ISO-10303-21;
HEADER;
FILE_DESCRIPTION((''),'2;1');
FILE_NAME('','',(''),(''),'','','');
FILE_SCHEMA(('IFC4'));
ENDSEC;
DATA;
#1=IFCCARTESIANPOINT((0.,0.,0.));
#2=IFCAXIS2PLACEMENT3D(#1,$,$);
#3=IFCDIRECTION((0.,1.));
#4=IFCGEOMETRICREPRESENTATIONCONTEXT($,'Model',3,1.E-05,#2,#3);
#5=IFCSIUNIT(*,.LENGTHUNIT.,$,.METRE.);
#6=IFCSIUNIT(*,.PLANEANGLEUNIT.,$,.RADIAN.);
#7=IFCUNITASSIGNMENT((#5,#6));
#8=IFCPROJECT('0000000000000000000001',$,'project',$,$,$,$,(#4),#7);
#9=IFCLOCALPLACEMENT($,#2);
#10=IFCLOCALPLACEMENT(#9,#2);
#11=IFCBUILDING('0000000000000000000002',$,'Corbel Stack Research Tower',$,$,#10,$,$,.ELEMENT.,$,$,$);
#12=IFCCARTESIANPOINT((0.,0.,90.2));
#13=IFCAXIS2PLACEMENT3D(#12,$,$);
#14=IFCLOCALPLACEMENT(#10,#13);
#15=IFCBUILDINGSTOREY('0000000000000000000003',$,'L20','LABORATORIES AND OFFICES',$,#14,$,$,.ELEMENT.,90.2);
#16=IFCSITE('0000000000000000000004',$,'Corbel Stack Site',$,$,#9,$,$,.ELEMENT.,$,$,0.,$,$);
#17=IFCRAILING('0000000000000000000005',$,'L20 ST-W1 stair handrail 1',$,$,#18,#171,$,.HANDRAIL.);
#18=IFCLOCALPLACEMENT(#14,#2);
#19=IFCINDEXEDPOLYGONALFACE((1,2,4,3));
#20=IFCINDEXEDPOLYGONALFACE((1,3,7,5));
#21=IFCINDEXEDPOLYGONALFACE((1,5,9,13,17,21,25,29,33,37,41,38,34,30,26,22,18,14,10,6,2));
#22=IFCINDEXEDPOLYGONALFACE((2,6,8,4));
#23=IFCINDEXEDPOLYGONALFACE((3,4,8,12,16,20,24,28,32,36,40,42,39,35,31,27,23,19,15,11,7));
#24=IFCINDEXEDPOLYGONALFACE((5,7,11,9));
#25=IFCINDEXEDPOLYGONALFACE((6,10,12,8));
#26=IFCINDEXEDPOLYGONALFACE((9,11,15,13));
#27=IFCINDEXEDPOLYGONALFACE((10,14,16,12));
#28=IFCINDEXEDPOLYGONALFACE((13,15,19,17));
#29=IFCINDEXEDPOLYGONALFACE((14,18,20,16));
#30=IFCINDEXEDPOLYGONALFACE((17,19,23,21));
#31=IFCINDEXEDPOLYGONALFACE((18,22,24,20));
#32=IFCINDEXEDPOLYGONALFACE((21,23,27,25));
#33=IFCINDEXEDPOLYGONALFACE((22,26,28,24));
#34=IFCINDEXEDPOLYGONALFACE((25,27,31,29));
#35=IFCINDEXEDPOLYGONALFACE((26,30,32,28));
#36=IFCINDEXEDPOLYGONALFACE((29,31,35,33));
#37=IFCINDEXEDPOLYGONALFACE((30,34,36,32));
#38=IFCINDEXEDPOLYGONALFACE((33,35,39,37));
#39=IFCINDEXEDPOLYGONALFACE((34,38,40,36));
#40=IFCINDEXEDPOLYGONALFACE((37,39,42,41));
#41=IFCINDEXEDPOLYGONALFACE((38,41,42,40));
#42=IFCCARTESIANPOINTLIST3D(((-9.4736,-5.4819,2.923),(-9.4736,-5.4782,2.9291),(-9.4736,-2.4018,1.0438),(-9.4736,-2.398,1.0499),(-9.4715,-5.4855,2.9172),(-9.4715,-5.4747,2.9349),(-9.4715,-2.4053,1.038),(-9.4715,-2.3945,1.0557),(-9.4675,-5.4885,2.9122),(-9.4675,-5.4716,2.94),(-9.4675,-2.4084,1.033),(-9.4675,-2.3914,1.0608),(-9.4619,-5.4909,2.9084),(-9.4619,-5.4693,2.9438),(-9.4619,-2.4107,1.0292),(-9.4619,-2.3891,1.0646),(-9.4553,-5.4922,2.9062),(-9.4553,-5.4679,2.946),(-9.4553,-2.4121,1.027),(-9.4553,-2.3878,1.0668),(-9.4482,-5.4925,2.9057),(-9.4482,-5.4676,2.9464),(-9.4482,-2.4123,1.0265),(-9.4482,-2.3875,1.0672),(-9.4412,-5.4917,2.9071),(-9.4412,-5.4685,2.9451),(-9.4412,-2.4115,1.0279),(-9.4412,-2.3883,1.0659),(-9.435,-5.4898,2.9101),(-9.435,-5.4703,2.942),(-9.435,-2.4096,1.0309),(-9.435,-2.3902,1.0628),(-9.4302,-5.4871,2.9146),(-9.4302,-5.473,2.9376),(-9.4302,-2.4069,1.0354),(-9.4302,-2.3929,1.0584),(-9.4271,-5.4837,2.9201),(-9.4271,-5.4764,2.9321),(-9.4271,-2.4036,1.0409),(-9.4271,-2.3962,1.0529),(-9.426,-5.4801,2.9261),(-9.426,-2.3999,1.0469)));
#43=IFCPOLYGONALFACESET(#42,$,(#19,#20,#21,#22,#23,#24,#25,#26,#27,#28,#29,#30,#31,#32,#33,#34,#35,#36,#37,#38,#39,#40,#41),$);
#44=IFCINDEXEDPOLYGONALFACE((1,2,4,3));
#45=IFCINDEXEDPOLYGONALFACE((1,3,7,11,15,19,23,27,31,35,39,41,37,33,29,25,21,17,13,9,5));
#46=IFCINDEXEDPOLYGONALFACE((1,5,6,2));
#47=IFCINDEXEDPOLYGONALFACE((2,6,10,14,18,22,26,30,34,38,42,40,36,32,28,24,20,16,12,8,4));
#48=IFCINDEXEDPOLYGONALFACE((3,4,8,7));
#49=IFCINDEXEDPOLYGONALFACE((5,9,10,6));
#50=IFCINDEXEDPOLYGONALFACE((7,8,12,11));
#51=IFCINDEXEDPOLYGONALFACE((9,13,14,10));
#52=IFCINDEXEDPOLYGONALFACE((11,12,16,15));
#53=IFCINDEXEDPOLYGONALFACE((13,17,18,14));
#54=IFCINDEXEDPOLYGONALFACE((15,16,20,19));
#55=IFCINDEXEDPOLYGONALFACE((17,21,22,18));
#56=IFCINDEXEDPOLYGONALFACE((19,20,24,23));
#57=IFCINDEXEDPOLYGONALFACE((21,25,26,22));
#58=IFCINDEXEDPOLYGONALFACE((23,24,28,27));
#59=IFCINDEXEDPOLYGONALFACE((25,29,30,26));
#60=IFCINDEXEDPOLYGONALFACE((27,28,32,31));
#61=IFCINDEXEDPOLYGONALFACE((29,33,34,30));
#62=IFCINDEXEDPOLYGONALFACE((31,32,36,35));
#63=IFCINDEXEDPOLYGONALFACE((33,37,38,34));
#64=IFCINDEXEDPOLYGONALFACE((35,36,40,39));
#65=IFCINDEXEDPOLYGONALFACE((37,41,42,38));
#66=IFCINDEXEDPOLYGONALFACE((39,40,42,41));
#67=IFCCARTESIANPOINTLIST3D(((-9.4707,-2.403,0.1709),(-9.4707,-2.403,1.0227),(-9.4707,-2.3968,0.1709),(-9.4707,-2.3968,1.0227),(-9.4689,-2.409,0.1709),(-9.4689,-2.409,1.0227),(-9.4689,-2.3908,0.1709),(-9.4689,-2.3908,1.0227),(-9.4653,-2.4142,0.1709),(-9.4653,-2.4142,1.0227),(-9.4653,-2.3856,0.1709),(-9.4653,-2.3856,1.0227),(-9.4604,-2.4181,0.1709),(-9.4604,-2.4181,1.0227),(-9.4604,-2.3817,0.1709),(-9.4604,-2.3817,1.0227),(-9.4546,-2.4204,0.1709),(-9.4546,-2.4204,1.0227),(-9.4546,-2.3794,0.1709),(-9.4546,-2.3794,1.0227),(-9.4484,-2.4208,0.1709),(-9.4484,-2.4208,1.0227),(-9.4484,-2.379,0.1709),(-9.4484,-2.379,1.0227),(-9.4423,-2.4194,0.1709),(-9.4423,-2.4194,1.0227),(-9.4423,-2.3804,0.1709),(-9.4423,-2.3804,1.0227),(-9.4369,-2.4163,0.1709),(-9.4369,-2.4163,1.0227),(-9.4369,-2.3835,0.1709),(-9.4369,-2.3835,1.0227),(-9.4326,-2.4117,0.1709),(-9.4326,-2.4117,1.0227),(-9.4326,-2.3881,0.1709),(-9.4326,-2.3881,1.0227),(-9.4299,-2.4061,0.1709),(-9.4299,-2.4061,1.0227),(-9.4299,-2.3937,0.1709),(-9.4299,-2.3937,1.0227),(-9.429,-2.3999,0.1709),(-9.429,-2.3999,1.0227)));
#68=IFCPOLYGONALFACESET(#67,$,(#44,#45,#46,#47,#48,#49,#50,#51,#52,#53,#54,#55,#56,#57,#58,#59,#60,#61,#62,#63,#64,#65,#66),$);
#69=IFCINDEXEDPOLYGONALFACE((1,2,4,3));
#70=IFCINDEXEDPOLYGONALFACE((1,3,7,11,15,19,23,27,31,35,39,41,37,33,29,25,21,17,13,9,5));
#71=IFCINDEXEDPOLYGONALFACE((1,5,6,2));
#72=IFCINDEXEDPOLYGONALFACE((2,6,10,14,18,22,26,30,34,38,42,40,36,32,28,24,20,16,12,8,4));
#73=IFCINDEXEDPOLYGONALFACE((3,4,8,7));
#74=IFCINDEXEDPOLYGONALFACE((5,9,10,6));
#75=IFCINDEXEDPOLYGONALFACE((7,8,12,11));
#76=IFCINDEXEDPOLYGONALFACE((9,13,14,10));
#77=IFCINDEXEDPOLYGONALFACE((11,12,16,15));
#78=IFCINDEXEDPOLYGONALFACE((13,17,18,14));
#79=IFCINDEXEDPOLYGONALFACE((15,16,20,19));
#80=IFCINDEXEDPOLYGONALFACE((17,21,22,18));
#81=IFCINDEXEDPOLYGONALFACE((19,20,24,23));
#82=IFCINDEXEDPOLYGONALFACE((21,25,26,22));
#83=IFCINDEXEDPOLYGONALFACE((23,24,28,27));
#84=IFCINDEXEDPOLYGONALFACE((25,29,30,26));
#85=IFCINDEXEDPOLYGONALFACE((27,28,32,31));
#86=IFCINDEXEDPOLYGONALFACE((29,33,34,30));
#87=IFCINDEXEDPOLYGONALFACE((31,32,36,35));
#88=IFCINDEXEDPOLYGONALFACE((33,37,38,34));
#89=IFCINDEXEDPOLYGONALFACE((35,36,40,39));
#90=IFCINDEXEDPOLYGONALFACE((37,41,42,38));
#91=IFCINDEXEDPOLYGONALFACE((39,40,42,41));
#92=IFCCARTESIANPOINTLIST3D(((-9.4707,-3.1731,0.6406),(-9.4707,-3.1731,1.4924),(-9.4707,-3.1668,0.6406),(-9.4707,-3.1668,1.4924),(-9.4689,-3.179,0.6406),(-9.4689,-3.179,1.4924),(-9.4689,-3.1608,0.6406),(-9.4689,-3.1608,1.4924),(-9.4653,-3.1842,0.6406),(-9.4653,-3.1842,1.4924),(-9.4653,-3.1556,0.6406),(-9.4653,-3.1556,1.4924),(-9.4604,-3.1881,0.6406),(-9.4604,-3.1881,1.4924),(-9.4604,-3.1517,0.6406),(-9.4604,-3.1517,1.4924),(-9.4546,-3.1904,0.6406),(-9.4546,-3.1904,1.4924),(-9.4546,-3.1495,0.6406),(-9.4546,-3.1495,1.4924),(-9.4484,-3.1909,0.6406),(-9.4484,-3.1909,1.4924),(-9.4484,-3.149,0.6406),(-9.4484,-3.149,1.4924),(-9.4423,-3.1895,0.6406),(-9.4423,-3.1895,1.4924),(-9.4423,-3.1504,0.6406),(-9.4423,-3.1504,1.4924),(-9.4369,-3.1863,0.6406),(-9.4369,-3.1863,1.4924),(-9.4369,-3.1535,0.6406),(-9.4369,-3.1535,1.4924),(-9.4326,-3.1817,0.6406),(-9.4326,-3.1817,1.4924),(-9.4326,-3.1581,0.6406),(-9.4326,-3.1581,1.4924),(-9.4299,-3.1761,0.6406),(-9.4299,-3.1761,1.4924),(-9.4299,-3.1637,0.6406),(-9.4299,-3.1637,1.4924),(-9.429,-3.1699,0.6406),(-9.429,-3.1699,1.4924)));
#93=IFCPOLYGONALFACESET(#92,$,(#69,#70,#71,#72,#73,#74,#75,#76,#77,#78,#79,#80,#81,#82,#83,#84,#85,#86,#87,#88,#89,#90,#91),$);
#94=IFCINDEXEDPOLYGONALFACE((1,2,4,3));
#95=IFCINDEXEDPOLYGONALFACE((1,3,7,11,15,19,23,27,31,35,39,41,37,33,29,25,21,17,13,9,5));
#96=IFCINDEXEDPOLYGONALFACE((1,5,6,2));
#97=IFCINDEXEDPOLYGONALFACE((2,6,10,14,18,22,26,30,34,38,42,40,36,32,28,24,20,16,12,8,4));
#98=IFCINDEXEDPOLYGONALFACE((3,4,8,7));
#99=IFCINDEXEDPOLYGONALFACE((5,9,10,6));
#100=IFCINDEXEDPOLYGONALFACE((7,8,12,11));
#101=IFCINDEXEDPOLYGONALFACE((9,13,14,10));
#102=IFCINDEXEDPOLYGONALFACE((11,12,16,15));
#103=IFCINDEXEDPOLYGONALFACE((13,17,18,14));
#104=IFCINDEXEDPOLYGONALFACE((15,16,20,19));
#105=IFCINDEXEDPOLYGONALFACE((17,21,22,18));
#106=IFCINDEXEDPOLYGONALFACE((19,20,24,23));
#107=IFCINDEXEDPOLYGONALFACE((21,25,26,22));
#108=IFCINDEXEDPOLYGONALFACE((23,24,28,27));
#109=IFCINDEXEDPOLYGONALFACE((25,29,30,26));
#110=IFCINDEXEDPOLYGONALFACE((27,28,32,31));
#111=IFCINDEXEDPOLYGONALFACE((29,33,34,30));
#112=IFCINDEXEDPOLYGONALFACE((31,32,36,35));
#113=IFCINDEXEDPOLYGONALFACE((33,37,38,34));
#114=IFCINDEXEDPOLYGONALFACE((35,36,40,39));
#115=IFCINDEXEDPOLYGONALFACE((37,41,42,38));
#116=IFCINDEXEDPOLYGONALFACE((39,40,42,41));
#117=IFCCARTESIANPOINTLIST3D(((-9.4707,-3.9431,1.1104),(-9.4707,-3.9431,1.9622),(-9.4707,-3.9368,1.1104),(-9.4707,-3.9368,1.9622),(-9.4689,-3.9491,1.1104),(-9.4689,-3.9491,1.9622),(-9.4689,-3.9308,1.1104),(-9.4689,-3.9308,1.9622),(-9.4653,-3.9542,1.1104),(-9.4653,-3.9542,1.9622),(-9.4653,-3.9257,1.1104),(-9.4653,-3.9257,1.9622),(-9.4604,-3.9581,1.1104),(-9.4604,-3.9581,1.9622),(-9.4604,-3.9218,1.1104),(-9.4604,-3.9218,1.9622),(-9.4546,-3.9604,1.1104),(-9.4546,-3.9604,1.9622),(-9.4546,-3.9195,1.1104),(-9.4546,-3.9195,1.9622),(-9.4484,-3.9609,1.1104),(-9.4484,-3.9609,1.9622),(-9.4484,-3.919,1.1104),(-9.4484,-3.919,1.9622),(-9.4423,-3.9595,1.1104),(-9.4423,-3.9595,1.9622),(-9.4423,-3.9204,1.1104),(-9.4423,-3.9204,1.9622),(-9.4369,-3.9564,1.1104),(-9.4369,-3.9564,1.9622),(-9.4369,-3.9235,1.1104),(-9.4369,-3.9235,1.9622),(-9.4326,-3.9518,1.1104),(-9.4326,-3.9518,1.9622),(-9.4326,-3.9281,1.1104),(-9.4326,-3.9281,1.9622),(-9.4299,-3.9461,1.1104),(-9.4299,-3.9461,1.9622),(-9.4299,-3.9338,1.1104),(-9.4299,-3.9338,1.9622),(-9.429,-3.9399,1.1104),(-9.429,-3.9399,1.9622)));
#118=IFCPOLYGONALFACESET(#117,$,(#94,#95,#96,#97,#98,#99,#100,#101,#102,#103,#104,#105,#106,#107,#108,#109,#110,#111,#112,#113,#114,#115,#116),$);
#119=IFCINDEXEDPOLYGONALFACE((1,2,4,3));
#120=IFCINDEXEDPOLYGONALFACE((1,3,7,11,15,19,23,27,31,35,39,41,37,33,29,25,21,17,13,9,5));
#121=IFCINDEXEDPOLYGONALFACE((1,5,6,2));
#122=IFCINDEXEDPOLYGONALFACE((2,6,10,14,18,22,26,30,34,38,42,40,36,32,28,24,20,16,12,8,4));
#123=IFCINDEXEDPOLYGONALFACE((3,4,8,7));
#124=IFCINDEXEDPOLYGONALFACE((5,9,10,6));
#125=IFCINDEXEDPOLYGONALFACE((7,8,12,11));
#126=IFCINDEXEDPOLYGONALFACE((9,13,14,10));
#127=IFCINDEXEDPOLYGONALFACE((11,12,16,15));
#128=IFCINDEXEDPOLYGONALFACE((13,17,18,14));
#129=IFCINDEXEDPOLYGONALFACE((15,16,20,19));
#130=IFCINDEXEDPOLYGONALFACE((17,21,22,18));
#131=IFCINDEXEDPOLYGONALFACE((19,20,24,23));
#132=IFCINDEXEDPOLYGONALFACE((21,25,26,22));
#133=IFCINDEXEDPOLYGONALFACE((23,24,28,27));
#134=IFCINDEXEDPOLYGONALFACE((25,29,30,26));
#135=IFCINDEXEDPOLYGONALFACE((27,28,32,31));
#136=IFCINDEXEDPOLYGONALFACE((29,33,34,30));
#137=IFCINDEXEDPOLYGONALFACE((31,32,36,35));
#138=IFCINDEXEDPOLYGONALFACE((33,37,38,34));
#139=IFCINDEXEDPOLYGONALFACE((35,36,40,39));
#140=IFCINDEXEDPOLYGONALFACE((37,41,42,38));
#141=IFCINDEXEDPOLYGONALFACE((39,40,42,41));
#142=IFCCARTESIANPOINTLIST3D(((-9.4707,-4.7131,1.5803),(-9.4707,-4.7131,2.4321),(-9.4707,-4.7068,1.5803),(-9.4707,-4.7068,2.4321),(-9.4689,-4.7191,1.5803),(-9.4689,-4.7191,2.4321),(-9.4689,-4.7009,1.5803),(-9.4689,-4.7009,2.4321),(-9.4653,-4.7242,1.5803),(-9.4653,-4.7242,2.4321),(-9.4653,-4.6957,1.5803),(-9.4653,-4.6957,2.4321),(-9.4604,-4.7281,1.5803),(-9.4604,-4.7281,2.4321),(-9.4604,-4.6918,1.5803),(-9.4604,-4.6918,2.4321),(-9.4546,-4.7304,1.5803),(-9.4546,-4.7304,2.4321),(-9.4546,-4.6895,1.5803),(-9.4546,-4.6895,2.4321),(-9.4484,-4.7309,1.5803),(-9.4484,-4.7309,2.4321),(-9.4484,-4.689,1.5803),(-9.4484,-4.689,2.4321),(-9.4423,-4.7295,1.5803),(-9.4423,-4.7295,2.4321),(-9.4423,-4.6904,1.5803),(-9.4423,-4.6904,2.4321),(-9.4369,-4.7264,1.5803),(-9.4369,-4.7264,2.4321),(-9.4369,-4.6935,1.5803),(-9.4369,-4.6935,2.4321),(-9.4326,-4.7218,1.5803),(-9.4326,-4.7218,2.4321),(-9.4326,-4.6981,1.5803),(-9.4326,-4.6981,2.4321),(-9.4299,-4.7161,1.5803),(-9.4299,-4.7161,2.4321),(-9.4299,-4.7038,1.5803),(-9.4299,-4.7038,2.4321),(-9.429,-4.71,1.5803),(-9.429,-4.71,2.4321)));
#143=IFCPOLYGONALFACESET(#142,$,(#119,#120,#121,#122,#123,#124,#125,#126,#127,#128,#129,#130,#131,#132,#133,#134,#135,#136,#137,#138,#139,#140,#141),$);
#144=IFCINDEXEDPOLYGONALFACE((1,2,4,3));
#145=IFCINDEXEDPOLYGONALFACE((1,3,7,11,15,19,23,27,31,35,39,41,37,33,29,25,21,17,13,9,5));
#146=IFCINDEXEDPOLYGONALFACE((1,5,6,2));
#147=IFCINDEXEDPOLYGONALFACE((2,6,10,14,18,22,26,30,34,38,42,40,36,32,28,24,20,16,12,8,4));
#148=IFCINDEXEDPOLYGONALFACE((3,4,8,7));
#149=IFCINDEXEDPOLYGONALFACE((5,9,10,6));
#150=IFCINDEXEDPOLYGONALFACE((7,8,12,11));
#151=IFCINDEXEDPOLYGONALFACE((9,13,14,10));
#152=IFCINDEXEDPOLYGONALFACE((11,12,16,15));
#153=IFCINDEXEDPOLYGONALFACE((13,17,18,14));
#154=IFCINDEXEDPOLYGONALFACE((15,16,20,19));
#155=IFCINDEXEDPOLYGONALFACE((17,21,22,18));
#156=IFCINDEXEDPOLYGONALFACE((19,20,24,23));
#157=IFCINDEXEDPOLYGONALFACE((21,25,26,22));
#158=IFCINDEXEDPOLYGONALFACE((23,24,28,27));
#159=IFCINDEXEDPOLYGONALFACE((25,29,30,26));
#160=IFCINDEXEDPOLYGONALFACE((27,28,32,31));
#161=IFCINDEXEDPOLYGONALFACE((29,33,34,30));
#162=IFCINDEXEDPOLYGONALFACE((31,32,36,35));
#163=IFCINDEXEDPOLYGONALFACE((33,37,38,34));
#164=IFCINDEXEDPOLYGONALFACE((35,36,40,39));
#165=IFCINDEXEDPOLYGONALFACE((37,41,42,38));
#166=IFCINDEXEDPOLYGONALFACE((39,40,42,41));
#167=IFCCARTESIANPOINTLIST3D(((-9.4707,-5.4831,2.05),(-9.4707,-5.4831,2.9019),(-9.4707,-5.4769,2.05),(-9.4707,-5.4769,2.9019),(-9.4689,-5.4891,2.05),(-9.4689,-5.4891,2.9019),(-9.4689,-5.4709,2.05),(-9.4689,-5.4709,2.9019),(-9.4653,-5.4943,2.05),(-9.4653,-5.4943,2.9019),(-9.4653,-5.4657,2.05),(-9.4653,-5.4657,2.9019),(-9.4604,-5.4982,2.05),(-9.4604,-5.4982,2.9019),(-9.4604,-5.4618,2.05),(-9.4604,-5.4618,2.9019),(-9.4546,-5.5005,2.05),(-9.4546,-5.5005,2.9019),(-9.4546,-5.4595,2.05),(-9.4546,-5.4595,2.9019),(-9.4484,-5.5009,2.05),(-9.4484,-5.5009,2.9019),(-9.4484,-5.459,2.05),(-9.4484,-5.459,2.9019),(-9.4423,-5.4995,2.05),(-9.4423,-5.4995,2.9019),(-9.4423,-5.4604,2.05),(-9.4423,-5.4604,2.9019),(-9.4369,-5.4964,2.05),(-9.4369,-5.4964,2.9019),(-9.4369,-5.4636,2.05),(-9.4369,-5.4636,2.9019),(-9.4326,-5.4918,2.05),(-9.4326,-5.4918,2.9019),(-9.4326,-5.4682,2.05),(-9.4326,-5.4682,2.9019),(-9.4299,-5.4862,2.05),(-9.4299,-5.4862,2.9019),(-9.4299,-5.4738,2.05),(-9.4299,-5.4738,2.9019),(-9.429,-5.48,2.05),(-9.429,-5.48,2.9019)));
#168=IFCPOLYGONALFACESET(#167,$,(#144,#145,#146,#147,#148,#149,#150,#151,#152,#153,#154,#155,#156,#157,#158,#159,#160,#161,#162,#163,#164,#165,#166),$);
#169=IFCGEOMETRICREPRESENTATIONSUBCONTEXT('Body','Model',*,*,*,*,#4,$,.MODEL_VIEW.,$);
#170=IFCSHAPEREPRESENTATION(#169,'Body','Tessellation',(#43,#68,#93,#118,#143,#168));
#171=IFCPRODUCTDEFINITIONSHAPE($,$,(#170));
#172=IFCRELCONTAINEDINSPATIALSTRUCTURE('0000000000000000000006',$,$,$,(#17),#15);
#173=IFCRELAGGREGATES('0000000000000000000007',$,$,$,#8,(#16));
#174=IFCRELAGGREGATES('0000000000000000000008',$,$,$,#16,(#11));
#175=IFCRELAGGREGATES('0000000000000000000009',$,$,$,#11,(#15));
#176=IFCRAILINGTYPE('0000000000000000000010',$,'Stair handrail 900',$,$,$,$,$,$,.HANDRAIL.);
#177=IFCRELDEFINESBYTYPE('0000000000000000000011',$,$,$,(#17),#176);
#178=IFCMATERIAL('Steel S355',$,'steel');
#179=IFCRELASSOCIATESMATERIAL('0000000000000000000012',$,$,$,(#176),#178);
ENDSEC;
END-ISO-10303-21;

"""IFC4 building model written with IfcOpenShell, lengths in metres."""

from ifc_helpers import new_model, si_unit, direction, frame, origin, origin_2d, place, context, subcontext, project, spatial, circle, extrude, material, type_object, element, save


model = new_model("IFC4")

# Units and contexts
model_context = context("Model", 3, precision=1e-05, world=origin(), true_north=direction((0.0, 1.0)))
body_context = subcontext(model_context, "Body", "Model", "MODEL_VIEW")
ifc_project = project(units=[si_unit("LENGTHUNIT", "METRE"), si_unit("PLANEANGLEUNIT", "RADIAN")], contexts=[model_context])

# Site, building, storey
site_placement = place(None, origin())
site = spatial("IfcSite", under=ifc_project, at=site_placement, Name="Corbel Stack Site", CompositionType="ELEMENT", RefElevation=0.0)
building_placement = place(site_placement, origin())
building = spatial("IfcBuilding", under=site, at=building_placement, Name="Corbel Stack Research Tower", CompositionType="ELEMENT")
storey_placement = place(building_placement, frame((0.0, 0.0, 90.2)))
storey = spatial("IfcBuildingStorey", under=building, at=storey_placement, Name="L20", Description="LABORATORIES AND OFFICES", CompositionType="ELEMENT", Elevation=90.2)

# Railing
ifc_material_1 = material(Name="Steel S355", Category="steel")
railing_type_1 = type_object("IfcRailingType", Name="Stair handrail 900", PredefinedType="HANDRAIL", material=ifc_material_1)
railing_placement = place(storey_placement, frame((-9.45, -2.3999, 0.1709)))
element("IfcRailing", 1, at=railing_placement, inside=storey, type_object=railing_type_1, Name="L20 ST-W1 stair handrail 1", PredefinedType="HANDRAIL", context=body_context, shape_type="SweptSolid", body=[
    extrude(circle(Radius=0.0239, at=origin_2d()), frame((0.0, 0.0, 0.876), z_axis=(0.0, -0.853666, 0.52082), x_axis=(1.0, 0.0, 0.0)), (0.0, 0.0, 1.0), 3.6082),
    extrude(circle(Radius=0.021, at=origin_2d()), origin(), (0.0, 0.0, 1.0), 0.8518),
    extrude(circle(Radius=0.021, at=origin_2d()), frame((0.0, -0.77, 0.4697)), (0.0, 0.0, 1.0), 0.8518),
    extrude(circle(Radius=0.021, at=origin_2d()), frame((0.0, -1.54, 0.9395)), (0.0, 0.0, 1.0), 0.8518),
    extrude(circle(Radius=0.021, at=origin_2d()), frame((0.0, -2.3101, 1.4094)), (0.0, 0.0, 1.0), 0.8518),
    extrude(circle(Radius=0.021, at=origin_2d()), frame((0.0, -3.0801, 1.8792)), (0.0, 0.0, 1.0), 0.8518),
])

save(model, "model.ifc")
